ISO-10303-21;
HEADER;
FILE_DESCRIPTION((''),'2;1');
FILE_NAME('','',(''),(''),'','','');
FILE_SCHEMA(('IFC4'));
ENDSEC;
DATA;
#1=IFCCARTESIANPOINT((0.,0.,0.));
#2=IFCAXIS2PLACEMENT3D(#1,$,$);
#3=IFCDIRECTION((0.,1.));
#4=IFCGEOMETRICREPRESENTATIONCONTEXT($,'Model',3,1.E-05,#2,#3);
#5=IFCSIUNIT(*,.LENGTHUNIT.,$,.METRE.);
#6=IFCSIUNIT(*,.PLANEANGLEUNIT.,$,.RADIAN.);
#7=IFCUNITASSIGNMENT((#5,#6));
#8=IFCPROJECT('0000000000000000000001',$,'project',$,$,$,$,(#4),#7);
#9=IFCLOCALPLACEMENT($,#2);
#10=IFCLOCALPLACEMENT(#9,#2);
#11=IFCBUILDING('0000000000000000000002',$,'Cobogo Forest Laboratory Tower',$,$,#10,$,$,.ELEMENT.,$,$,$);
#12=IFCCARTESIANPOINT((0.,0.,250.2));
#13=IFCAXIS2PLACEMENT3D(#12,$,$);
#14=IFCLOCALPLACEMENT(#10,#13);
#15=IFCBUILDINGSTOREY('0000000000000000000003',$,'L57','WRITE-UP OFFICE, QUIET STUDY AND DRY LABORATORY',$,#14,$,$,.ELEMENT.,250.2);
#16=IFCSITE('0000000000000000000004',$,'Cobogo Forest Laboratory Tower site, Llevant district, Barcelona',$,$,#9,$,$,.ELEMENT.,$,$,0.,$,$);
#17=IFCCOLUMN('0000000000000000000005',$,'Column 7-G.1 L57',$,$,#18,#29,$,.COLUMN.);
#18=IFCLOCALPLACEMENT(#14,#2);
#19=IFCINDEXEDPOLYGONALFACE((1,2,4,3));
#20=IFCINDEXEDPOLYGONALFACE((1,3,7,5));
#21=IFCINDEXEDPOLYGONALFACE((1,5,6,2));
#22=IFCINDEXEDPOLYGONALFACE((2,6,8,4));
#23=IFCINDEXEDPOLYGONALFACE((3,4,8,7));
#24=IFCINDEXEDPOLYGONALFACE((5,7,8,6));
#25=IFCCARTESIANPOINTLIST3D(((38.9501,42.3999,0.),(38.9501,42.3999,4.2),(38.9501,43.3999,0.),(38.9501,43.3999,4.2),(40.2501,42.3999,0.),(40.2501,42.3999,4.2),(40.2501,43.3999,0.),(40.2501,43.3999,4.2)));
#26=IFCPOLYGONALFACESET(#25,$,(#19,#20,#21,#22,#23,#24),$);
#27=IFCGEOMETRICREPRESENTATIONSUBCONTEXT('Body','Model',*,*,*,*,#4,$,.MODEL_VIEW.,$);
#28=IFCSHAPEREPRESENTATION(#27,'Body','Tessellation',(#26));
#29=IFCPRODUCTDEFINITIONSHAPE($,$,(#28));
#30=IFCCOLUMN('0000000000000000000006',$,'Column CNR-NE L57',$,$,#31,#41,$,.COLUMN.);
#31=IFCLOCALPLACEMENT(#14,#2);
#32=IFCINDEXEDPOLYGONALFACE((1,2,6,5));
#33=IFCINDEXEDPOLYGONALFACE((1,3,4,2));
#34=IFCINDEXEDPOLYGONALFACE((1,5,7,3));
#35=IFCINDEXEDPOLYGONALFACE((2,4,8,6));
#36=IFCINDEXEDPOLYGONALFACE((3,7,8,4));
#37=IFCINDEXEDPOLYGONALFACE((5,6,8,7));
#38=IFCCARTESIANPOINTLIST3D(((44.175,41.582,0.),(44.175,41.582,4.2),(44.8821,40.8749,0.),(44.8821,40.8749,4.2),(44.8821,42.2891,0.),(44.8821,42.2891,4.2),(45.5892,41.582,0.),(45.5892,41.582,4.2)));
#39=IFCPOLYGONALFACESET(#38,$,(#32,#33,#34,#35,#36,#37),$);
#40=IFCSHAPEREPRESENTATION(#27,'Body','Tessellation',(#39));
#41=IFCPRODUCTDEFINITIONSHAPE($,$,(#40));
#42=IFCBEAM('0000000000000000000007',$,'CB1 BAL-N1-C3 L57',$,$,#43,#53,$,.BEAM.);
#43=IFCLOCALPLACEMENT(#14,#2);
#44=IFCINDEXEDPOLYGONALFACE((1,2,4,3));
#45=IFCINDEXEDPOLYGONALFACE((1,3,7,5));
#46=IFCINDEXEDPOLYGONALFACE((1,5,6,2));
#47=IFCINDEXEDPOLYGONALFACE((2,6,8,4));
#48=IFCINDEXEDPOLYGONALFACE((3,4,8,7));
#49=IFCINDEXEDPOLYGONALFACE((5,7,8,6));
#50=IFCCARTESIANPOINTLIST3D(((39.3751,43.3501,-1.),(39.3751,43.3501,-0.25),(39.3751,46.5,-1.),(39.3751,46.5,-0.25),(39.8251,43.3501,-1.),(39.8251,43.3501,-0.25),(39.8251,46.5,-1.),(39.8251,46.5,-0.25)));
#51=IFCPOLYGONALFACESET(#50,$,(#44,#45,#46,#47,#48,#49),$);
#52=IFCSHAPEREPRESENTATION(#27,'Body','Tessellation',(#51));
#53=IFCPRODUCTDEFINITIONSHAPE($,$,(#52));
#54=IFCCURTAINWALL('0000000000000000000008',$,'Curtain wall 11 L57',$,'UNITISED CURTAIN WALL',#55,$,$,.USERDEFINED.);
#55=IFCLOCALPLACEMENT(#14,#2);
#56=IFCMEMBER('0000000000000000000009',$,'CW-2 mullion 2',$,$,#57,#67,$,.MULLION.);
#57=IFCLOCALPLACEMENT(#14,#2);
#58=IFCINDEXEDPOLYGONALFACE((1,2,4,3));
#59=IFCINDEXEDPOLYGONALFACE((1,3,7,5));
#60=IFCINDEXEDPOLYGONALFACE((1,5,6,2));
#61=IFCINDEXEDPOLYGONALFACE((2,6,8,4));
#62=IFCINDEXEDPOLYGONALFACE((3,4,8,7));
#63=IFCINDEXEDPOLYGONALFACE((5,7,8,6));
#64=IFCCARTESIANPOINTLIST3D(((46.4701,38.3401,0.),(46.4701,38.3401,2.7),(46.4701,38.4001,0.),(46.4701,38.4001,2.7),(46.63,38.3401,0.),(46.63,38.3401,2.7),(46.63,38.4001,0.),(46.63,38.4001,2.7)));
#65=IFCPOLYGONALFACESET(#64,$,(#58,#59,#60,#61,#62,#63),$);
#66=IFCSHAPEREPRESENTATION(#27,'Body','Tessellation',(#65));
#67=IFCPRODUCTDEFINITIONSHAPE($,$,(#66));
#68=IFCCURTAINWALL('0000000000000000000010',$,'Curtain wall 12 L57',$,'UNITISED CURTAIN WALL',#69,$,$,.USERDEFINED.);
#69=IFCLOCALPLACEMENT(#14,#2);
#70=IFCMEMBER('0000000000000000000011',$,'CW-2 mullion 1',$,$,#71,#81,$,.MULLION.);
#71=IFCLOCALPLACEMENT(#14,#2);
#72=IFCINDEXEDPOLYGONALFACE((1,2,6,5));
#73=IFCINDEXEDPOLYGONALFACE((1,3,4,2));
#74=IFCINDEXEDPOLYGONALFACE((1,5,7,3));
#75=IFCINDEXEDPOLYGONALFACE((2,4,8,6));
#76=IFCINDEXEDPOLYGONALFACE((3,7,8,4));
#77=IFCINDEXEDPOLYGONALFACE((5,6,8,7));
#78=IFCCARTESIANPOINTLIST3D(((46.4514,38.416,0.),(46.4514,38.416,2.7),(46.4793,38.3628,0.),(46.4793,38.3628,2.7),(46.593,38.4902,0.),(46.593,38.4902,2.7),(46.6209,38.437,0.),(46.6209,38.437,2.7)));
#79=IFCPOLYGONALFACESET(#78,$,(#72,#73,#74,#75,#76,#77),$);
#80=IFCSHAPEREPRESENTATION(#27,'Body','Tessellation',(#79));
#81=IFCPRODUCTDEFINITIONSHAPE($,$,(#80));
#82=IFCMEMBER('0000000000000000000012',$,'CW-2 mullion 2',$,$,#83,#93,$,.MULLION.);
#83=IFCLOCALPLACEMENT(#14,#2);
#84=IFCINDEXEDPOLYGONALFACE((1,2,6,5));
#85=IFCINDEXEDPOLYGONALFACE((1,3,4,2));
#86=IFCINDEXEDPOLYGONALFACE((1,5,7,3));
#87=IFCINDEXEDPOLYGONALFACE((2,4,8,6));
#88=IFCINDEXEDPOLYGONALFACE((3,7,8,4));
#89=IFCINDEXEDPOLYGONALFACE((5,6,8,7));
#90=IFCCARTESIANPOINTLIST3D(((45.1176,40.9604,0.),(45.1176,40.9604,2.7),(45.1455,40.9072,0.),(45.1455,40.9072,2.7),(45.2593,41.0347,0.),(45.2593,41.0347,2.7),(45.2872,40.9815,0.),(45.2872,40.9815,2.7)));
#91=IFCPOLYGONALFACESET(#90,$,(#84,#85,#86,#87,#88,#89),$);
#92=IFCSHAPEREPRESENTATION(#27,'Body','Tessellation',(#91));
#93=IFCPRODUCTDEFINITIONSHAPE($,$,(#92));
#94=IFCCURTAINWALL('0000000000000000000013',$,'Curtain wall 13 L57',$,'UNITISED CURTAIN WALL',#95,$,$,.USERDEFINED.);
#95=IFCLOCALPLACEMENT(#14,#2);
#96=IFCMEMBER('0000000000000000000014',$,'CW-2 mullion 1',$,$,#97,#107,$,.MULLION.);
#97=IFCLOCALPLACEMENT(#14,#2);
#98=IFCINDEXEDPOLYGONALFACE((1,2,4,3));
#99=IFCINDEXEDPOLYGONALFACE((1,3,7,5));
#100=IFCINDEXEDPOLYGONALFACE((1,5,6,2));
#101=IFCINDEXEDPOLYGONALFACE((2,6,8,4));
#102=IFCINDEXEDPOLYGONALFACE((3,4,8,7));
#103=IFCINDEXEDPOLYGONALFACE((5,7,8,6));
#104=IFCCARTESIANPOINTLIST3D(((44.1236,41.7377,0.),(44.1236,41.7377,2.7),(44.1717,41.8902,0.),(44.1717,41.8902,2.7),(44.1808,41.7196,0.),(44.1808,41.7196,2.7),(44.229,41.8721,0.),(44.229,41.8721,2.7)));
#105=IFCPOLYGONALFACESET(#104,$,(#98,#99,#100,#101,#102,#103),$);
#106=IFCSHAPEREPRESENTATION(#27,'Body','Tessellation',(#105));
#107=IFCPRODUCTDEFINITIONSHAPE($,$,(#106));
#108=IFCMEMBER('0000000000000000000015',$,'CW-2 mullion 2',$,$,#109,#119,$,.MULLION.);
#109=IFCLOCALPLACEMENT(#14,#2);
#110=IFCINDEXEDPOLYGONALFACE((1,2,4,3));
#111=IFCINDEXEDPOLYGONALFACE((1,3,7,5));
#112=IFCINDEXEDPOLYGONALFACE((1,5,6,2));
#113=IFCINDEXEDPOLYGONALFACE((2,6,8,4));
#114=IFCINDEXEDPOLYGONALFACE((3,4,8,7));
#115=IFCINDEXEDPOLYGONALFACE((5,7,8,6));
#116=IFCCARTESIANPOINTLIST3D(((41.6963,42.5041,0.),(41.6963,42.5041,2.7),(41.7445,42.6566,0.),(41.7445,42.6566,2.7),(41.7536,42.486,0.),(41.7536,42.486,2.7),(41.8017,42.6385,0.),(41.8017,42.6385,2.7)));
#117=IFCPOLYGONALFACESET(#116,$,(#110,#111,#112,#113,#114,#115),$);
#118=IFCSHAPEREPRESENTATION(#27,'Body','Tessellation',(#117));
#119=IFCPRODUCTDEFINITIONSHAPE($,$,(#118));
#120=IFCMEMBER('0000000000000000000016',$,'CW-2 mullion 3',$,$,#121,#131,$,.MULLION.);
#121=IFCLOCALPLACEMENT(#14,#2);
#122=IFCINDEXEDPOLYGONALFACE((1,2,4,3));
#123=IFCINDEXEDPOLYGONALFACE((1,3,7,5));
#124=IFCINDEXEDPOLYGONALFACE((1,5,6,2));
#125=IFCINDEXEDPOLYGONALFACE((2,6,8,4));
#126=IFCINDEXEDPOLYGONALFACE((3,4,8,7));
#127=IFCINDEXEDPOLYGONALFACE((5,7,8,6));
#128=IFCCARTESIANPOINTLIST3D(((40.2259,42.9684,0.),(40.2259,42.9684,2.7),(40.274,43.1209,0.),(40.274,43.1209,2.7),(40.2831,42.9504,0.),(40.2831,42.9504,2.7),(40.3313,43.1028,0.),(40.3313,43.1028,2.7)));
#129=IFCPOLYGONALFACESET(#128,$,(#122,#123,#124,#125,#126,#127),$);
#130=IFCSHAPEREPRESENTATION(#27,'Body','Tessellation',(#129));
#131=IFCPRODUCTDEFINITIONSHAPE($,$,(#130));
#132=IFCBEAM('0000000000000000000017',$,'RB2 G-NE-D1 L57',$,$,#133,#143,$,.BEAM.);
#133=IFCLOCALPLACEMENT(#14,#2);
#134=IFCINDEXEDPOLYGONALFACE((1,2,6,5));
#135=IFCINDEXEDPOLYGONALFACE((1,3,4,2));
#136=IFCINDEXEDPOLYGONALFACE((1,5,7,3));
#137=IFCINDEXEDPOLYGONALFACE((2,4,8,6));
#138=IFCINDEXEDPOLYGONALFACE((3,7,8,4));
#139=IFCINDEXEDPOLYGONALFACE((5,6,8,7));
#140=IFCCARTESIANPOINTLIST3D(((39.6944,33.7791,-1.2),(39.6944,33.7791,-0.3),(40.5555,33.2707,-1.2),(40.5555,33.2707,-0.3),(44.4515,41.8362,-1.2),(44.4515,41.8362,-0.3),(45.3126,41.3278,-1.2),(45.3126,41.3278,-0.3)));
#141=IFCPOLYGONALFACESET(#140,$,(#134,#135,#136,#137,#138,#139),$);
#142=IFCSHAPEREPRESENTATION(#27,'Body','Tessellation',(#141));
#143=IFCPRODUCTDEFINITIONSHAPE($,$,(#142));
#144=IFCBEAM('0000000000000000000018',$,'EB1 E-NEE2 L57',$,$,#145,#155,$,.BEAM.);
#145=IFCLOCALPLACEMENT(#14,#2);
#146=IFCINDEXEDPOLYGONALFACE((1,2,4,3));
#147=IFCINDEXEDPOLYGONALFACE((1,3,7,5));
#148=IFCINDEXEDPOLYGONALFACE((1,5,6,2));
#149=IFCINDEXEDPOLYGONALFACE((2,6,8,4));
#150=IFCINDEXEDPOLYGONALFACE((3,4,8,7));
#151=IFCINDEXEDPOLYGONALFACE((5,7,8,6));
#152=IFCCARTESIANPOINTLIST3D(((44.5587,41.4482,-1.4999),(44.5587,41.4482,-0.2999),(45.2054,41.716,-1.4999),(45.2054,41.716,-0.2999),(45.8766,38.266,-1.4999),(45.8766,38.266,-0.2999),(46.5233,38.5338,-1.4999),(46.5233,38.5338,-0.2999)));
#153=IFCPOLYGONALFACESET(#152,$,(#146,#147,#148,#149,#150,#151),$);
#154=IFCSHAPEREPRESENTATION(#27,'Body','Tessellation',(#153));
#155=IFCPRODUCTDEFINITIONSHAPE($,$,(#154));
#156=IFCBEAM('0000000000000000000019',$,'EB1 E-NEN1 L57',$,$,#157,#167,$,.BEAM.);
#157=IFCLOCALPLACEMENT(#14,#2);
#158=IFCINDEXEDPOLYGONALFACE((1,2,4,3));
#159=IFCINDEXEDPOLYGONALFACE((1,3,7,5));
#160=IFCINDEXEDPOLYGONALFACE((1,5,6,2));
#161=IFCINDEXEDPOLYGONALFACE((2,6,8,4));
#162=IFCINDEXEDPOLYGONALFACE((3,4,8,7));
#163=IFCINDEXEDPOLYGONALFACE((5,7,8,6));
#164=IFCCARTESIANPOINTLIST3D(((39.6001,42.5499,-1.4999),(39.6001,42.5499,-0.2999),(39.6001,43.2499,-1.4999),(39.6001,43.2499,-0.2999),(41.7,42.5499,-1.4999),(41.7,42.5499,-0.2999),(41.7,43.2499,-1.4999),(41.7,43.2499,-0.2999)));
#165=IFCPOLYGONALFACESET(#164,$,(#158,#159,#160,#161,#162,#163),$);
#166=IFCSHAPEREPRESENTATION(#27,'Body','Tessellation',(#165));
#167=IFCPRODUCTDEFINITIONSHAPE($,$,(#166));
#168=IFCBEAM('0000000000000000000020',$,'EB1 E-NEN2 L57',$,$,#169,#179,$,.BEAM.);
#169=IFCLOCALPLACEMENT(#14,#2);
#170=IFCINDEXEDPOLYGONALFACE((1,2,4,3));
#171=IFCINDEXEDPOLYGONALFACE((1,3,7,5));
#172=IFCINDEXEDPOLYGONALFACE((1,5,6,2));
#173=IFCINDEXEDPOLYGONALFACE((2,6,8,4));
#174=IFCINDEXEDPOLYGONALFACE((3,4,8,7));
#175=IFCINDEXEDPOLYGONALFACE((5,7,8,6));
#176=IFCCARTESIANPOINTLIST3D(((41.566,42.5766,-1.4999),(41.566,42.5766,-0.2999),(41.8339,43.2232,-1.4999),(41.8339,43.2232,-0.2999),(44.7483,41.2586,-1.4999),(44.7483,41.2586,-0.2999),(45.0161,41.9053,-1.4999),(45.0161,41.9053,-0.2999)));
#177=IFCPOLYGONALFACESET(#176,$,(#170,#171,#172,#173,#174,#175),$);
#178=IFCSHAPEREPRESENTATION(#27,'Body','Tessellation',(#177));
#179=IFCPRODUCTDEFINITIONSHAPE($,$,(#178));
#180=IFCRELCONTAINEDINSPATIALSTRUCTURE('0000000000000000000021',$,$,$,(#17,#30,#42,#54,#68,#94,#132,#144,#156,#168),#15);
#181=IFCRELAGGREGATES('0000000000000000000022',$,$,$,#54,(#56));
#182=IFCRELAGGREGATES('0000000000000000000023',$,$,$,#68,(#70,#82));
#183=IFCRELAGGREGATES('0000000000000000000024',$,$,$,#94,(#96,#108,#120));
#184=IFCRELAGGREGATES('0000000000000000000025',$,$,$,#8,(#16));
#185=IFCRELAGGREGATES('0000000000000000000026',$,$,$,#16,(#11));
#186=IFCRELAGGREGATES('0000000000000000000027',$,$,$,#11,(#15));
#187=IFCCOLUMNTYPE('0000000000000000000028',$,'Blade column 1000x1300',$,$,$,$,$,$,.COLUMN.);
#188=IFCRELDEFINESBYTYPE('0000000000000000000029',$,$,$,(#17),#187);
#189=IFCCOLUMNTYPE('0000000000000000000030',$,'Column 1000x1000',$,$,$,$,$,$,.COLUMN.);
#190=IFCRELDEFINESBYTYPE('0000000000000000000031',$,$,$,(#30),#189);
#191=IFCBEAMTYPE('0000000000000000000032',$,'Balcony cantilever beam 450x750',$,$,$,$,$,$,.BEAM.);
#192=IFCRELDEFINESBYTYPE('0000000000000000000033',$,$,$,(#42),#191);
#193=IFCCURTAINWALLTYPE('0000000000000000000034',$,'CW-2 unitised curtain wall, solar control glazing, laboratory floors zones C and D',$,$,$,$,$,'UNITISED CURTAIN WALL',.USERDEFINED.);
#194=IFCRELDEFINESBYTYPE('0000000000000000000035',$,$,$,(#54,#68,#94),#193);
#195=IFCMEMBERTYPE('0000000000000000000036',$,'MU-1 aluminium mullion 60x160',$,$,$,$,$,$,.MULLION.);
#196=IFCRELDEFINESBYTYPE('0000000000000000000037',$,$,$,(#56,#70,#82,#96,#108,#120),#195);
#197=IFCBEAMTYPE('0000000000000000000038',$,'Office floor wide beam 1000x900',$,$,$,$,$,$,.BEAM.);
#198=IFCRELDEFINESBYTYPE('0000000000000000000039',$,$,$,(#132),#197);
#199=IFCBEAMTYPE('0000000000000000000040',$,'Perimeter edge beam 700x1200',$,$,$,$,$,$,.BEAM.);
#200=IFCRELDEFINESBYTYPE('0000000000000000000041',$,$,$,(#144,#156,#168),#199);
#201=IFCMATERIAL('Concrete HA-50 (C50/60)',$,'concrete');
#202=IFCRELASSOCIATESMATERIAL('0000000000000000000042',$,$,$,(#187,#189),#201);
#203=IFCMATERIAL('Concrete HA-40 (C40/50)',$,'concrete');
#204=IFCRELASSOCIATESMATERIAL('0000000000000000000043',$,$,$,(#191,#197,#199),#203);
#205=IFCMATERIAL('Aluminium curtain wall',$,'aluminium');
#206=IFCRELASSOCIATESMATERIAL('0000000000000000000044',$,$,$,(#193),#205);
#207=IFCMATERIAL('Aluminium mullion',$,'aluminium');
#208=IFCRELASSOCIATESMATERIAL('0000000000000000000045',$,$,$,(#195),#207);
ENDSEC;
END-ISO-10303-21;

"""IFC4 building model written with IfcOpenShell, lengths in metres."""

from ifc_helpers import new_model, si_unit, direction, frame, origin, origin_2d, place, context, subcontext, project, spatial, rectangle, extrude, material, material_profile, profile_set, type_object, element, aggregate, save


model = new_model("IFC4")

# Units and contexts
model_context = context("Model", 3, precision=1e-05, world=origin(), true_north=direction((0.0, 1.0)))
body_context = subcontext(model_context, "Body", "Model", "MODEL_VIEW")
ifc_project = project(units=[si_unit("LENGTHUNIT", "METRE"), si_unit("PLANEANGLEUNIT", "RADIAN")], contexts=[model_context])

# Site, building, storey
site_placement = place(None, origin())
site = spatial("IfcSite", under=ifc_project, at=site_placement, Name="Cobogo Forest Laboratory Tower site, Llevant district, Barcelona", CompositionType="ELEMENT", RefElevation=0.0)
building_placement = place(site_placement, origin())
building = spatial("IfcBuilding", under=site, at=building_placement, Name="Cobogo Forest Laboratory Tower", CompositionType="ELEMENT")
storey_placement = place(building_placement, frame((0.0, 0.0, 250.2)))
storey = spatial("IfcBuildingStorey", under=building, at=storey_placement, Name="L57", Description="WRITE-UP OFFICE, QUIET STUDY AND DRY LABORATORY", CompositionType="ELEMENT", Elevation=250.2)

# Columns
ifc_material_1 = material(Name="Concrete HA-50 (C50/60)", Category="concrete")
ifc_material_profile_1 = material_profile(ifc_material_1, rectangle(XDim=1.3, YDim=1.0, at=origin_2d()), Name="RC 1000x1300")
ifc_profile_set_1 = profile_set([ifc_material_profile_1], Name="Concrete HA-50 (C50/60)")
column_type_1 = type_object("IfcColumnType", Name="Blade column 1000x1300", PredefinedType="COLUMN", material=ifc_profile_set_1)
column_1_placement = place(storey_placement, frame((39.6001, 42.8999, 0.0), z_axis=(0.0, 0.0, 1.0), x_axis=(1.0, 0.0, 0.0)))
element("IfcColumn", 1, at=column_1_placement, inside=storey, type_object=column_type_1, Name="Column 7-G.1 L57", PredefinedType="COLUMN", context=body_context, shape_type="SweptSolid", body=[
    extrude(rectangle(XDim=1.3, YDim=1.0, at=origin_2d()), origin(), (0.0, 0.0, 1.0), 4.2),
])
ifc_material_profile_2 = material_profile(ifc_material_1, rectangle(XDim=1.0, YDim=1.0, at=origin_2d()), Name="RC 1000x1000")
ifc_profile_set_2 = profile_set([ifc_material_profile_2], Name="Concrete HA-50 (C50/60)")
column_type_2 = type_object("IfcColumnType", Name="Column 1000x1000", PredefinedType="COLUMN", material=ifc_profile_set_2)
column_2_placement = place(storey_placement, frame((44.8821, 41.582, 0.0), z_axis=(0.0, 0.0, 1.0), x_axis=(0.707107, 0.707107, 0.0)))
element("IfcColumn", 2, at=column_2_placement, inside=storey, type_object=column_type_2, Name="Column CNR-NE L57", PredefinedType="COLUMN", context=body_context, shape_type="SweptSolid", body=[
    extrude(rectangle(XDim=1.0, YDim=1.0, at=origin_2d()), origin(), (0.0, 0.0, 1.0), 4.2),
])

# Beam
ifc_material_2 = material(Name="Concrete HA-40 (C40/50)", Category="concrete")
ifc_material_profile_3 = material_profile(ifc_material_2, rectangle(XDim=0.45, YDim=0.75, at=origin_2d()), Name="RC 450x750")
ifc_profile_set_3 = profile_set([ifc_material_profile_3], Name="Concrete HA-40 (C40/50)")
beam_type_1 = type_object("IfcBeamType", Name="Balcony cantilever beam 450x750", PredefinedType="BEAM", material=ifc_profile_set_3)
beam_1_placement = place(storey_placement, frame((39.6001, 43.3501, -0.625), z_axis=(0.0, 1.0, 0.0), x_axis=(-1.0, 0.0, 0.0)))
element("IfcBeam", 3, at=beam_1_placement, inside=storey, type_object=beam_type_1, Name="CB1 BAL-N1-C3 L57", PredefinedType="BEAM", context=body_context, shape_type="SweptSolid", body=[
    extrude(rectangle(XDim=0.45, YDim=0.75, at=origin_2d()), origin(), (0.0, 0.0, 1.0), 3.1499),
])

# Curtain wall, member
ifc_material_3 = material(Name="Aluminium curtain wall", Category="aluminium")
curtain_wall_type = type_object("IfcCurtainWallType", Name="CW-2 unitised curtain wall, solar control glazing, laboratory floors zones C and D", ElementType="UNITISED CURTAIN WALL", PredefinedType="USERDEFINED", material=ifc_material_3)
curtain_wall_1_placement = place(storey_placement, origin())
curtain_wall_1 = element("IfcCurtainWall", 4, at=curtain_wall_1_placement, inside=storey, type_object=curtain_wall_type, Name="Curtain wall 11 L57", ObjectType="UNITISED CURTAIN WALL", PredefinedType="USERDEFINED")
ifc_material_4 = material(Name="Aluminium mullion", Category="aluminium")
ifc_material_profile_4 = material_profile(ifc_material_4, rectangle(XDim=0.0601, YDim=0.1599, at=origin_2d()), Name="AL 60x160")
ifc_profile_set_4 = profile_set([ifc_material_profile_4], Name="Aluminium mullion")
member_type_1 = type_object("IfcMemberType", Name="MU-1 aluminium mullion 60x160", PredefinedType="MULLION", material=ifc_profile_set_4)
member_1_placement = place(storey_placement, frame((46.55, 38.3701, 0.0), z_axis=(0.0, 0.0, 1.0), x_axis=(0.0, 1.0, 0.0)))
member_1 = element("IfcMember", 5, at=member_1_placement, type_object=member_type_1, Name="CW-2 mullion 2", PredefinedType="MULLION", context=body_context, shape_type="SweptSolid", body=[
    extrude(rectangle(XDim=0.0601, YDim=0.1599, at=origin_2d()), origin(), (0.0, 0.0, 1.0), 2.7),
])

# Curtain walls, members
curtain_wall_2_placement = place(storey_placement, origin())
curtain_wall_2 = element("IfcCurtainWall", 6, at=curtain_wall_2_placement, inside=storey, type_object=curtain_wall_type, Name="Curtain wall 12 L57", ObjectType="UNITISED CURTAIN WALL", PredefinedType="USERDEFINED")
member_2_placement = place(storey_placement, frame((46.5361, 38.4265, 0.0), z_axis=(0.0, 0.0, 1.0), x_axis=(-0.464284, 0.885686, 0.0)))
member_2 = element("IfcMember", 7, at=member_2_placement, type_object=member_type_1, Name="CW-2 mullion 1", PredefinedType="MULLION", context=body_context, shape_type="SweptSolid", body=[
    extrude(rectangle(XDim=0.0601, YDim=0.1599, at=origin_2d()), origin(), (0.0, 0.0, 1.0), 2.7),
])
member_3_placement = place(storey_placement, frame((45.2024, 40.9709, 0.0), z_axis=(0.0, 0.0, 1.0), x_axis=(-0.464284, 0.885686, 0.0)))
member_3 = element("IfcMember", 8, at=member_3_placement, type_object=member_type_1, Name="CW-2 mullion 2", PredefinedType="MULLION", context=body_context, shape_type="SweptSolid", body=[
    extrude(rectangle(XDim=0.0601, YDim=0.1599, at=origin_2d()), origin(), (0.0, 0.0, 1.0), 2.7),
])
curtain_wall_3_placement = place(storey_placement, origin())
curtain_wall_3 = element("IfcCurtainWall", 9, at=curtain_wall_3_placement, inside=storey, type_object=curtain_wall_type, Name="Curtain wall 13 L57", ObjectType="UNITISED CURTAIN WALL", PredefinedType="USERDEFINED")
member_4_placement = place(storey_placement, frame((44.1763, 41.8049, 0.0), z_axis=(0.0, 0.0, 1.0), x_axis=(-0.953581, 0.301135, 0.0)))
member_4 = element("IfcMember", 10, at=member_4_placement, type_object=member_type_1, Name="CW-2 mullion 1", PredefinedType="MULLION", context=body_context, shape_type="SweptSolid", body=[
    extrude(rectangle(XDim=0.0601, YDim=0.1599, at=origin_2d()), origin(), (0.0, 0.0, 1.0), 2.7),
])
member_5_placement = place(storey_placement, frame((41.749, 42.5713, 0.0), z_axis=(0.0, 0.0, 1.0), x_axis=(-0.953581, 0.301135, 0.0)))
member_5 = element("IfcMember", 11, at=member_5_placement, type_object=member_type_1, Name="CW-2 mullion 2", PredefinedType="MULLION", context=body_context, shape_type="SweptSolid", body=[
    extrude(rectangle(XDim=0.0601, YDim=0.1599, at=origin_2d()), origin(), (0.0, 0.0, 1.0), 2.7),
])
member_6_placement = place(storey_placement, frame((40.2786, 43.0356, 0.0), z_axis=(0.0, 0.0, 1.0), x_axis=(-0.953581, 0.301135, 0.0)))
member_6 = element("IfcMember", 12, at=member_6_placement, type_object=member_type_1, Name="CW-2 mullion 3", PredefinedType="MULLION", context=body_context, shape_type="SweptSolid", body=[
    extrude(rectangle(XDim=0.0601, YDim=0.1599, at=origin_2d()), origin(), (0.0, 0.0, 1.0), 2.7),
])

# Beams
ifc_material_profile_5 = material_profile(ifc_material_2, rectangle(XDim=1.0, YDim=0.8999, at=origin_2d()), Name="RC 1000x900")
ifc_profile_set_5 = profile_set([ifc_material_profile_5], Name="Concrete HA-40 (C40/50)")
beam_type_2 = type_object("IfcBeamType", Name="Office floor wide beam 1000x900", PredefinedType="BEAM", material=ifc_profile_set_5)
beam_2_placement = place(storey_placement, frame((44.8821, 41.582, -0.75), z_axis=(-0.508416, -0.861111, 0.0), x_axis=(0.861111, -0.508416, 0.0)))
element("IfcBeam", 13, at=beam_2_placement, inside=storey, type_object=beam_type_2, Name="RB2 G-NE-D1 L57", PredefinedType="BEAM", context=body_context, shape_type="SweptSolid", body=[
    extrude(rectangle(XDim=1.0, YDim=0.8999, at=origin_2d()), origin(), (0.0, 0.0, 1.0), 9.3567),
])
ifc_material_profile_6 = material_profile(ifc_material_2, rectangle(XDim=0.7, YDim=1.2, at=origin_2d()), Name="RC 700x1200")
ifc_profile_set_6 = profile_set([ifc_material_profile_6], Name="Concrete HA-40 (C40/50)")
beam_type_3 = type_object("IfcBeamType", Name="Perimeter edge beam 700x1200", PredefinedType="BEAM", material=ifc_profile_set_6)
beam_3_placement = place(storey_placement, frame((46.2, 38.3999, -0.8999), z_axis=(-0.382631, 0.923901, 0.0), x_axis=(-0.923901, -0.382631, 0.0)))
element("IfcBeam", 14, at=beam_3_placement, inside=storey, type_object=beam_type_3, Name="EB1 E-NEE2 L57", PredefinedType="BEAM", context=body_context, shape_type="SweptSolid", body=[
    extrude(rectangle(XDim=0.7, YDim=1.2, at=origin_2d()), origin(), (0.0, 0.0, 1.0), 3.4443),
])
beam_4_placement = place(storey_placement, frame((39.6001, 42.8999, -0.8999), z_axis=(1.0, 0.0, 0.0), x_axis=(0.0, 1.0, 0.0)))
element("IfcBeam", 15, at=beam_4_placement, inside=storey, type_object=beam_type_3, Name="EB1 E-NEN1 L57", PredefinedType="BEAM", context=body_context, shape_type="SweptSolid", body=[
    extrude(rectangle(XDim=0.7, YDim=1.2, at=origin_2d()), origin(), (0.0, 0.0, 1.0), 2.0999),
])
beam_5_placement = place(storey_placement, frame((41.7, 42.8999, -0.8999), z_axis=(0.923901, -0.382631, 0.0), x_axis=(0.382631, 0.923901, 0.0)))
element("IfcBeam", 16, at=beam_5_placement, inside=storey, type_object=beam_type_3, Name="EB1 E-NEN2 L57", PredefinedType="BEAM", context=body_context, shape_type="SweptSolid", body=[
    extrude(rectangle(XDim=0.7, YDim=1.2, at=origin_2d()), origin(), (0.0, 0.0, 1.0), 3.4443),
])

aggregate(curtain_wall_1, [member_1])
aggregate(curtain_wall_2, [member_2, member_3])
aggregate(curtain_wall_3, [member_4, member_5, member_6])

save(model, "model.ifc")
